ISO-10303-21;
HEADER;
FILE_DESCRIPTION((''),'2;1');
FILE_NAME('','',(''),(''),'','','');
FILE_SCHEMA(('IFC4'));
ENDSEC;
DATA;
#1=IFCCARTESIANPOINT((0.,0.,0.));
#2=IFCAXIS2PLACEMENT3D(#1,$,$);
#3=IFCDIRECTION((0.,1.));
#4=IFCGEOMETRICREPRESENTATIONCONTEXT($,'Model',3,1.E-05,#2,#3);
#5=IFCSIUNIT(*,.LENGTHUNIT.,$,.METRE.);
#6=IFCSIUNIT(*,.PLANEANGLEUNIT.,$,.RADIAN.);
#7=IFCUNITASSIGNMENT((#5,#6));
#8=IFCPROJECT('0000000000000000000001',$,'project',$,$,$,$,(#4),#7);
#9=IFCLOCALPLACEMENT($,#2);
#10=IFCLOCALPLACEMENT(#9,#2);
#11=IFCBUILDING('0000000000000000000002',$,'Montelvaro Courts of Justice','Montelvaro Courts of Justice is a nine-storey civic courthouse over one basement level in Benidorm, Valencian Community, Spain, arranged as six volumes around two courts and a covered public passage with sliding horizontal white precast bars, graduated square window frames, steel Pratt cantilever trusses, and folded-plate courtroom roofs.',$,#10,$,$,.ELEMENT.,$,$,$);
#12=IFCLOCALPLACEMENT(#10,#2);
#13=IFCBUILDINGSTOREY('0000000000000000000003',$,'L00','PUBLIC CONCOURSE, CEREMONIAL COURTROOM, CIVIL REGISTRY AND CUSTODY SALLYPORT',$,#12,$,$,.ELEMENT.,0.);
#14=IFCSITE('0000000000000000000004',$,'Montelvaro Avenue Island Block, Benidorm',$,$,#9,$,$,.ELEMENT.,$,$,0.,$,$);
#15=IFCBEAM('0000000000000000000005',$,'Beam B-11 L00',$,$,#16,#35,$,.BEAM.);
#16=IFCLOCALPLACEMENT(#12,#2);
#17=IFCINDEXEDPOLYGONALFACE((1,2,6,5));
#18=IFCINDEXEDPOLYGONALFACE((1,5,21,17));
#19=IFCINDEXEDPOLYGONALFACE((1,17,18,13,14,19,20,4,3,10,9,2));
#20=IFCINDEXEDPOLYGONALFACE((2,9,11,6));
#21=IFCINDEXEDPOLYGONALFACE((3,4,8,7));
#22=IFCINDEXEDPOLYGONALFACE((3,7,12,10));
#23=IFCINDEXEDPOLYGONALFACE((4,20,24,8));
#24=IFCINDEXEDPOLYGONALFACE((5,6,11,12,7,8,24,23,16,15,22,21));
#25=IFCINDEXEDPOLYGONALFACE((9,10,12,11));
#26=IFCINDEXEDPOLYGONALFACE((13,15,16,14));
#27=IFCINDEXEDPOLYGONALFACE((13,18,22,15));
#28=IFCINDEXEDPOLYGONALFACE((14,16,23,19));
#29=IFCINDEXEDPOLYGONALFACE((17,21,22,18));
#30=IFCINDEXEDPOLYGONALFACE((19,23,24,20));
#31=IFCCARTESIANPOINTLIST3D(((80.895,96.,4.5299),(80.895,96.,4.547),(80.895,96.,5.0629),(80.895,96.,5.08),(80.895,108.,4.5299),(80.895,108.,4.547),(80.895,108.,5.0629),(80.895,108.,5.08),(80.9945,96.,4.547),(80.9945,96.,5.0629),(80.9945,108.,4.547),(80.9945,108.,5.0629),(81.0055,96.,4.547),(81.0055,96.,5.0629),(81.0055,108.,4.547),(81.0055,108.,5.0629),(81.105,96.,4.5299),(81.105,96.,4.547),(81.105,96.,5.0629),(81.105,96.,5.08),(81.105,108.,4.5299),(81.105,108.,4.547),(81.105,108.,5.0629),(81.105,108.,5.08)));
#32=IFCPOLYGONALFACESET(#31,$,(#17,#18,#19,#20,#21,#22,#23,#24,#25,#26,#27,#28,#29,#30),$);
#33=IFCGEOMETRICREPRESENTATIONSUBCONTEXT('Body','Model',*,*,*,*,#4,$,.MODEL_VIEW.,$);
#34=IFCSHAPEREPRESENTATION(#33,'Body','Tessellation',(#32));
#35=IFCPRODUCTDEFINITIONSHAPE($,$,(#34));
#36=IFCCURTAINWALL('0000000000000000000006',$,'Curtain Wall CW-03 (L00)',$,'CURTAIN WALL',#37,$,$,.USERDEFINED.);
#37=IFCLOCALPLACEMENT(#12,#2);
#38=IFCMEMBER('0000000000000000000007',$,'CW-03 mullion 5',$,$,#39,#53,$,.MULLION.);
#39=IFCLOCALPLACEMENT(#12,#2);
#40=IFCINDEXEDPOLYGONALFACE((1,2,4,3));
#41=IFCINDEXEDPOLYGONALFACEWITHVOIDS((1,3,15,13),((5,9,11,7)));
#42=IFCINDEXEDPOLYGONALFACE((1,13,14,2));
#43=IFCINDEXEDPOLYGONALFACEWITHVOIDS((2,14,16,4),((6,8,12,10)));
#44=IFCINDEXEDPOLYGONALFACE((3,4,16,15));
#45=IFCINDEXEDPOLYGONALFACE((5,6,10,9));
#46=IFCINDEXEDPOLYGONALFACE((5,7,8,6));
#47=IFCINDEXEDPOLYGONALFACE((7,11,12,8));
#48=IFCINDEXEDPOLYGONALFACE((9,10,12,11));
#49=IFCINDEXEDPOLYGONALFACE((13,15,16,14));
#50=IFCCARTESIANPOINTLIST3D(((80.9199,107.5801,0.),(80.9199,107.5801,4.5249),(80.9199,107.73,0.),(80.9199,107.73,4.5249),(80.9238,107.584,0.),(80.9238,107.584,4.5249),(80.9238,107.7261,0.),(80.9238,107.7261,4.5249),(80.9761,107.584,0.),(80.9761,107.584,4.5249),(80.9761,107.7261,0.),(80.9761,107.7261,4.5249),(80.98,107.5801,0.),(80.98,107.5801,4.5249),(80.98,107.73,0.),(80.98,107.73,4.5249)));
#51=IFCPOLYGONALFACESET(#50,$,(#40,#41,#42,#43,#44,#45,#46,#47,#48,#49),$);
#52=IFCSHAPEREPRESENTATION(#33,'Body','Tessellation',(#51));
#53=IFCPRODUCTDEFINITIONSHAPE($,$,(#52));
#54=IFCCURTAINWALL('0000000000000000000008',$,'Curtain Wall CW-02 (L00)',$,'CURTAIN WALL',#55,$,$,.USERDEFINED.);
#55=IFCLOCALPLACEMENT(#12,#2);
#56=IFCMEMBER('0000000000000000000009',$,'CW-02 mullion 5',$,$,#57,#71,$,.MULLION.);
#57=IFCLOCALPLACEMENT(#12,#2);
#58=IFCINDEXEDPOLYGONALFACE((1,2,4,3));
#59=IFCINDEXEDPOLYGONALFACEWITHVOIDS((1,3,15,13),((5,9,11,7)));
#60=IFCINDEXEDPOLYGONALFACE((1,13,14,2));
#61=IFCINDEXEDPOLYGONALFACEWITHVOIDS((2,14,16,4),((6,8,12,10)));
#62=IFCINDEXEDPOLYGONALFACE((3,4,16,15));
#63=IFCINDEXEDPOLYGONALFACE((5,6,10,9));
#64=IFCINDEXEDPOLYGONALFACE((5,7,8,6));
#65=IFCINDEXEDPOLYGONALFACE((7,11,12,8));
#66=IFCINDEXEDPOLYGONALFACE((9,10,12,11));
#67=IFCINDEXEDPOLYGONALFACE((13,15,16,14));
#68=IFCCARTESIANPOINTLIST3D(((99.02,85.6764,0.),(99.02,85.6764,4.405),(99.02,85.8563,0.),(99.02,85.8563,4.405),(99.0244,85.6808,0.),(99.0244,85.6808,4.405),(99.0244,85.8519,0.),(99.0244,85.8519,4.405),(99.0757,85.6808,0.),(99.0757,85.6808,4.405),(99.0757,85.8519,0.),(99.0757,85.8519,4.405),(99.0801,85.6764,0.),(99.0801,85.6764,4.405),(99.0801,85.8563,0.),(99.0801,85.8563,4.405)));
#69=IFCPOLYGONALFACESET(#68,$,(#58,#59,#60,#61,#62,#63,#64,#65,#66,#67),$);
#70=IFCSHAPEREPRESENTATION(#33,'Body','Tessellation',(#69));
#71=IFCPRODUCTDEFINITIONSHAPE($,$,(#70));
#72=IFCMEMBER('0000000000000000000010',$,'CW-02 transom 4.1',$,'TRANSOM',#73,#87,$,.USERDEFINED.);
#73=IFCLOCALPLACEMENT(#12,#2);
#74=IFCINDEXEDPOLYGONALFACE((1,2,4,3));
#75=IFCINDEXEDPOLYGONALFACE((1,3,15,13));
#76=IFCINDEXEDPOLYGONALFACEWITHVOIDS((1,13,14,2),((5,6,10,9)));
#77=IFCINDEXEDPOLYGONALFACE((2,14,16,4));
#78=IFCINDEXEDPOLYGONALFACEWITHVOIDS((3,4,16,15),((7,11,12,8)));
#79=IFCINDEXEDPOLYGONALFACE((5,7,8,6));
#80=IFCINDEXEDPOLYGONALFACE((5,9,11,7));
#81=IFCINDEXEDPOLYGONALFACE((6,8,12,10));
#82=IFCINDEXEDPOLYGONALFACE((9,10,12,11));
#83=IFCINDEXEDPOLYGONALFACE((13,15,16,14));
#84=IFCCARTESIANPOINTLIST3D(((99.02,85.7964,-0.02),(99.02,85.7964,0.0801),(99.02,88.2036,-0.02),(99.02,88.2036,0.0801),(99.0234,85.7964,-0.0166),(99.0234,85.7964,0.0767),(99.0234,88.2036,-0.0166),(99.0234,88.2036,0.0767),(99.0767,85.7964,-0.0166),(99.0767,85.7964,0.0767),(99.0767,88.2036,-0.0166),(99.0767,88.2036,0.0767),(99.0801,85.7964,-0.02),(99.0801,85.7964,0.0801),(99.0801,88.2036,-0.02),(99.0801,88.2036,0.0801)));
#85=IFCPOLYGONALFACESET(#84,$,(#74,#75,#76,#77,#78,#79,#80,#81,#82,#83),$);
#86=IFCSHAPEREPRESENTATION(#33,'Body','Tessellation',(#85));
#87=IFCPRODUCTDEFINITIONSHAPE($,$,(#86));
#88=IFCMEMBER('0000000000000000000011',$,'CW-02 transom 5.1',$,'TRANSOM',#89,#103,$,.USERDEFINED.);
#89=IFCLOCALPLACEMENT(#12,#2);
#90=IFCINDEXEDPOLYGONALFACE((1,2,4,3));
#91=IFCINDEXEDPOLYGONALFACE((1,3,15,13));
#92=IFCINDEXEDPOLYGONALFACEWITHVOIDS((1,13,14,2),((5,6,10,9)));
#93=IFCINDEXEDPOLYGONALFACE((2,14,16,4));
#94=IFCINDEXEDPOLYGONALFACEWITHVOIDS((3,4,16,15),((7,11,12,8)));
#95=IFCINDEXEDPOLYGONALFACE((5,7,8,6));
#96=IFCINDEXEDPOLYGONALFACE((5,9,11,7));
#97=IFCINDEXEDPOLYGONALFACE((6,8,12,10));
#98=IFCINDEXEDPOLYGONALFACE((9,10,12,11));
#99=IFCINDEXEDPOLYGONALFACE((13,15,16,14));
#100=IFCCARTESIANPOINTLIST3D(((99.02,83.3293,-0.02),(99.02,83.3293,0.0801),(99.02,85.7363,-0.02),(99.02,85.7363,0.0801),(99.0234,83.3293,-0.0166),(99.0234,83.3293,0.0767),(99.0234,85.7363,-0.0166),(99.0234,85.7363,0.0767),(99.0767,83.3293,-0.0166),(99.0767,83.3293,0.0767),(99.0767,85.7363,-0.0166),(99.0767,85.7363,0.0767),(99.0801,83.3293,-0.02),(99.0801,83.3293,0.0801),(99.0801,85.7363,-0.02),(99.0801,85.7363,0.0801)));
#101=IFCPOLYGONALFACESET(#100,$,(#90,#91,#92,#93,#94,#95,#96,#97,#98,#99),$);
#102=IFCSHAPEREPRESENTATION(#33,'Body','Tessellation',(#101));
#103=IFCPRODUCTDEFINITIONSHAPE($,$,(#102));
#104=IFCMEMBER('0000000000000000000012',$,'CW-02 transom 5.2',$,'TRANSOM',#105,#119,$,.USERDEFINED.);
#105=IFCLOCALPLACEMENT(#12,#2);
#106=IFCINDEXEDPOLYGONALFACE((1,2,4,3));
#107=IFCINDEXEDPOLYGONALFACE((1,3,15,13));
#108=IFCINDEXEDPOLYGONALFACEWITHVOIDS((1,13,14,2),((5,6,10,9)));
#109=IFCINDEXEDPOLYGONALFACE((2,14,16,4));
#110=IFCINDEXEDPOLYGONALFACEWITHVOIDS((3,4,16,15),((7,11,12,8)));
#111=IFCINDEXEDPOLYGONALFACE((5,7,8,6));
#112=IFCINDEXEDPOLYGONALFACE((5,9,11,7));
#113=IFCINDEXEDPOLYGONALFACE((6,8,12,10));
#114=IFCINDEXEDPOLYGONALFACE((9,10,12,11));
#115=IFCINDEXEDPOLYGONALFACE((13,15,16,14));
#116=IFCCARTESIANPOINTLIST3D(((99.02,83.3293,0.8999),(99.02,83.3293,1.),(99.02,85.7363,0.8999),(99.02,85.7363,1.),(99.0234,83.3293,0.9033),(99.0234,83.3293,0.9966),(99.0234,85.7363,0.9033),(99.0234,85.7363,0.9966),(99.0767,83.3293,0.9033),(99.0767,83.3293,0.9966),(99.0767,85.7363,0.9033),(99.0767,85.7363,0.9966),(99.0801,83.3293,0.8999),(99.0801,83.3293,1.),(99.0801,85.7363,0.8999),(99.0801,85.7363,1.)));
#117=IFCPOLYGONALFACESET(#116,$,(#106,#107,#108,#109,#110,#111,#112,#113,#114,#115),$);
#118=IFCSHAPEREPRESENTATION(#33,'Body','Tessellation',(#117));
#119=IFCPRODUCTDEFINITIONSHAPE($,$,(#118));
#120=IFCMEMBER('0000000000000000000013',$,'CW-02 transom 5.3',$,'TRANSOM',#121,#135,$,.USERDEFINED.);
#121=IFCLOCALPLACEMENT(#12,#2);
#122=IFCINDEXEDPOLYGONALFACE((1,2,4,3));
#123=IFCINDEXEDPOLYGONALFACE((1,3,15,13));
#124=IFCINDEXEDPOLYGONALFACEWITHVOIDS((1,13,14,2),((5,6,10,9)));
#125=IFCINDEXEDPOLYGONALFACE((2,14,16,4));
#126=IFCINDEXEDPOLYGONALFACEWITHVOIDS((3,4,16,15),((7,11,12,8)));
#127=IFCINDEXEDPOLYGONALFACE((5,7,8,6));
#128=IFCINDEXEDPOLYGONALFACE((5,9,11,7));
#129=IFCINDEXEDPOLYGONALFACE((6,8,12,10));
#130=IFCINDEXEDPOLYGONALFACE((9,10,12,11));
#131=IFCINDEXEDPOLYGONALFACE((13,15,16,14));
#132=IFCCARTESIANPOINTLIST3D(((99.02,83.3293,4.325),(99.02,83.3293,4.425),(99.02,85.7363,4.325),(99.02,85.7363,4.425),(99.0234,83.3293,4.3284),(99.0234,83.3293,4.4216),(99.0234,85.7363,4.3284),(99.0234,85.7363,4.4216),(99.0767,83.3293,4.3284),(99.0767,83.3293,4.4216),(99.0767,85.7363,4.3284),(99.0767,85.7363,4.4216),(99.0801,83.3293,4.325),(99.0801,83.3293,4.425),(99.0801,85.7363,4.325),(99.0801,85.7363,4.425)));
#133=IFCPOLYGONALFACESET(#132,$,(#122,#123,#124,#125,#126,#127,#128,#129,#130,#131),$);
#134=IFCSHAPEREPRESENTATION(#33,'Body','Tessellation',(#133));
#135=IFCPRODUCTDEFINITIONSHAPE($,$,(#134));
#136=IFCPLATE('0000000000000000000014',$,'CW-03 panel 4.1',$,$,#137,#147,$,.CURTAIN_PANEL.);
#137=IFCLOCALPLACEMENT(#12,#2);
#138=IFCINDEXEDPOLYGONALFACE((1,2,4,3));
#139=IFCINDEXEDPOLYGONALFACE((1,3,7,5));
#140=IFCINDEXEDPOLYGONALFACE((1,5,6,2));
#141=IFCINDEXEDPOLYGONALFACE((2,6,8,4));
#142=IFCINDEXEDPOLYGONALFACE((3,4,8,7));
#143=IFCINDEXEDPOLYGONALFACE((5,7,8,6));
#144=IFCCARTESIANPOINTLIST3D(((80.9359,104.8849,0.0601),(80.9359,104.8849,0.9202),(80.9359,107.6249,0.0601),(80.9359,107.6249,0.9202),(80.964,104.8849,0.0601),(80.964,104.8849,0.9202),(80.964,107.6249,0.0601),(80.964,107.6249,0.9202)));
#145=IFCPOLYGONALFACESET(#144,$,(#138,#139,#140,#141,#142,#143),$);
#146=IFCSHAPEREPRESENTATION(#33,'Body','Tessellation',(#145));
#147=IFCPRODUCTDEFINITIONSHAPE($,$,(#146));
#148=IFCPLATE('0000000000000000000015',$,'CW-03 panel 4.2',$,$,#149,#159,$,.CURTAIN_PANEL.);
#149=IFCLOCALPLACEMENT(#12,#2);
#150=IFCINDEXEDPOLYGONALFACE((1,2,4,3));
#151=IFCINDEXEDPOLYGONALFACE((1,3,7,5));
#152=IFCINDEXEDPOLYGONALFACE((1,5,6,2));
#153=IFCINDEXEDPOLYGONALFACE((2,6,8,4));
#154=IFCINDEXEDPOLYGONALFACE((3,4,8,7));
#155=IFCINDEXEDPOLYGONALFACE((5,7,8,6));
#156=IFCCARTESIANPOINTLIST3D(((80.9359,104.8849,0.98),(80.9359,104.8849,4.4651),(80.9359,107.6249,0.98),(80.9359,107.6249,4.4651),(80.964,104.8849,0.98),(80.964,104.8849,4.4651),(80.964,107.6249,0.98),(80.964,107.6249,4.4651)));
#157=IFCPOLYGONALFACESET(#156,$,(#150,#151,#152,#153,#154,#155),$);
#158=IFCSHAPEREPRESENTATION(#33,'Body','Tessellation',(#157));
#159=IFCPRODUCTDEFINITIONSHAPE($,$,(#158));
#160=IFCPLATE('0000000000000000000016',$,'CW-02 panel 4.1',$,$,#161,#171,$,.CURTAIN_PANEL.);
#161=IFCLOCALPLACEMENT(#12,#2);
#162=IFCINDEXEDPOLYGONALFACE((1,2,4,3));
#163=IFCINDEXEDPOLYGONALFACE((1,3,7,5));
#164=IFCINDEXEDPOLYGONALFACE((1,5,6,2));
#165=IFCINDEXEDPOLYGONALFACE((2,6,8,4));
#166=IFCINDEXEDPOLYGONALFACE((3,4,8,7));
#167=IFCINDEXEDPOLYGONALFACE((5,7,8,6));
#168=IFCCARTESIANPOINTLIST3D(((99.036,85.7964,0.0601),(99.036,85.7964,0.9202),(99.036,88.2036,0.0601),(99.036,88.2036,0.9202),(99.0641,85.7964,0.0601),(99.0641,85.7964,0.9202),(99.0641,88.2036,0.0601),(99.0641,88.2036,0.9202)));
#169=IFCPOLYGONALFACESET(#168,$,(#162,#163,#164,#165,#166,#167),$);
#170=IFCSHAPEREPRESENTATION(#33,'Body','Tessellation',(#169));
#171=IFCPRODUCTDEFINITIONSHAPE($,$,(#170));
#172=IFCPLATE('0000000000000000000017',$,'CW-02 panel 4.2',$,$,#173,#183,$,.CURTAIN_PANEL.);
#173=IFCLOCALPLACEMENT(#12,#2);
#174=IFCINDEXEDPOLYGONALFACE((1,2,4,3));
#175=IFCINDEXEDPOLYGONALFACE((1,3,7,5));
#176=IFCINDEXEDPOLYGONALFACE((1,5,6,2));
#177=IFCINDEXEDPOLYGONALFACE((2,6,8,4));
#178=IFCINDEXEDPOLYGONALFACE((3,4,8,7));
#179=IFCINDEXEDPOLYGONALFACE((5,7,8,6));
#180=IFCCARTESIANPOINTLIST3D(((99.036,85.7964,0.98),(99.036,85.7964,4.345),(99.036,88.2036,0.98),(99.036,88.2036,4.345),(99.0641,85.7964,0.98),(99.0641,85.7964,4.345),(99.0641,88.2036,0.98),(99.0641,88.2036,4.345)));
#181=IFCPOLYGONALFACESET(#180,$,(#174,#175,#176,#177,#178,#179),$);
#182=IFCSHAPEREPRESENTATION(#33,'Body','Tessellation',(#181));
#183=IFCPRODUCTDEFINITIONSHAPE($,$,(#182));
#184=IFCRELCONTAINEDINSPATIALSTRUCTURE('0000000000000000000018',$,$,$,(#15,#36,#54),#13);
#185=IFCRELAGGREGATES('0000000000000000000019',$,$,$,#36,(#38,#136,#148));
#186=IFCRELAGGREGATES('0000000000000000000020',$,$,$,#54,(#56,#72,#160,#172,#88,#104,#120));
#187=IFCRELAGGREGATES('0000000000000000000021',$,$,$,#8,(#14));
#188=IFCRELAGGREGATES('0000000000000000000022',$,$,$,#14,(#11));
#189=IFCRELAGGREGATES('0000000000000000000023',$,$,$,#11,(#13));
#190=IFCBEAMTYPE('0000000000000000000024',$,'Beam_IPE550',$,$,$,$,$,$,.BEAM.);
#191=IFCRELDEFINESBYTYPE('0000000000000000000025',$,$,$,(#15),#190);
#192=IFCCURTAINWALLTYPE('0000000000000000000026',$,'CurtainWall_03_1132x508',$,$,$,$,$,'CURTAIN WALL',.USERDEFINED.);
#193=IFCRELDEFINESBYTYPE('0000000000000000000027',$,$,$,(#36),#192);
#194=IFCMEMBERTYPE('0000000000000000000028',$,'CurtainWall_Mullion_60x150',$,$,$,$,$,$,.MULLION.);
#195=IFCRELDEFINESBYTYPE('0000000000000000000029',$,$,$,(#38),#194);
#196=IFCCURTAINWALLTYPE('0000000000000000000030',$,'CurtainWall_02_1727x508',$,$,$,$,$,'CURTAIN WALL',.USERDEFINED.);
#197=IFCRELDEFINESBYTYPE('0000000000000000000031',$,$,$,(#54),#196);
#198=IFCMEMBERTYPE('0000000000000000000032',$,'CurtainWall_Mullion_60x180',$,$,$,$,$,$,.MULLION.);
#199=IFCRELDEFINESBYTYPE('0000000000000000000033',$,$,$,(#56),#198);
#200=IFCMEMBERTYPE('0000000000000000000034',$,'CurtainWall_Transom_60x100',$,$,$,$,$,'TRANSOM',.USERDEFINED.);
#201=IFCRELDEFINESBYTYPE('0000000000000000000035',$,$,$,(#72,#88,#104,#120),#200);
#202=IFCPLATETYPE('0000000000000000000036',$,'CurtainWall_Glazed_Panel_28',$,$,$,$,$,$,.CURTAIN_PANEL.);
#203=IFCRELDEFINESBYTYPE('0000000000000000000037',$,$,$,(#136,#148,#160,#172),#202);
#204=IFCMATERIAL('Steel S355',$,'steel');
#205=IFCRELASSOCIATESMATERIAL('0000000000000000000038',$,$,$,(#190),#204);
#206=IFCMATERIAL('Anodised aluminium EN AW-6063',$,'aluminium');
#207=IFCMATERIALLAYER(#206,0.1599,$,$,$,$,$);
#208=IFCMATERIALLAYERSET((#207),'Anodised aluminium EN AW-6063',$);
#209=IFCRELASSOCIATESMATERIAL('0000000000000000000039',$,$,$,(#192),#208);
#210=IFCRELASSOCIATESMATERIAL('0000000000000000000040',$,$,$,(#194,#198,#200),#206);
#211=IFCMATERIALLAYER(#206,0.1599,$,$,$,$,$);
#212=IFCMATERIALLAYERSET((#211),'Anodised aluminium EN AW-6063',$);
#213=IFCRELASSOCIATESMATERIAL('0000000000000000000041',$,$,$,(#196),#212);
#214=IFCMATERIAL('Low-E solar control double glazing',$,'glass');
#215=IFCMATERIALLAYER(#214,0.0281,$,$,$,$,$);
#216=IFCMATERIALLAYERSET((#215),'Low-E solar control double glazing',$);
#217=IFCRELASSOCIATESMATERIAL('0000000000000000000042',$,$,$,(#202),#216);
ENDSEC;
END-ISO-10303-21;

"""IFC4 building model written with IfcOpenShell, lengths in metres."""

from ifc_helpers import new_model, si_unit, direction, frame, origin, origin_2d, place, context, subcontext, project, spatial, rectangle, hollow_rectangle, i_section, extrude, material, layer, layer_set, material_profile, profile_set, type_object, element, aggregate, save


model = new_model("IFC4")

# Units and contexts
model_context = context("Model", 3, precision=1e-05, world=origin(), true_north=direction((0.0, 1.0)))
body_context = subcontext(model_context, "Body", "Model", "MODEL_VIEW")
ifc_project = project(units=[si_unit("LENGTHUNIT", "METRE"), si_unit("PLANEANGLEUNIT", "RADIAN")], contexts=[model_context])

# Site, building, storey
site_placement = place(None, origin())
site = spatial("IfcSite", under=ifc_project, at=site_placement, Name="Montelvaro Avenue Island Block, Benidorm", CompositionType="ELEMENT", RefElevation=0.0)
building_placement = place(site_placement, origin())
building = spatial("IfcBuilding", under=site, at=building_placement, Name="Montelvaro Courts of Justice", Description="Montelvaro Courts of Justice is a nine-storey civic courthouse over one basement level in Benidorm, Valencian Community, Spain, arranged as six volumes around two courts and a covered public passage with sliding horizontal white precast bars, graduated square window frames, steel Pratt cantilever trusses, and folded-plate courtroom roofs.", CompositionType="ELEMENT")
storey_placement = place(building_placement, origin())
storey = spatial("IfcBuildingStorey", under=building, at=storey_placement, Name="L00", Description="PUBLIC CONCOURSE, CEREMONIAL COURTROOM, CIVIL REGISTRY AND CUSTODY SALLYPORT", CompositionType="ELEMENT", Elevation=0.0)

# Shared definitions
ifc_material_1 = material(Name="Steel S355", Category="steel")

# Beam
ifc_material_profile_1 = material_profile(ifc_material_1, i_section(OverallWidth=0.21, OverallDepth=0.55, WebThickness=0.011, FlangeThickness=0.0171, at=origin_2d()), Name="IPE 550")
ifc_profile_set_1 = profile_set([ifc_material_profile_1], Name="Steel S355")
beam_type_1 = type_object("IfcBeamType", Name="Beam_IPE550", PredefinedType="BEAM", material=ifc_profile_set_1)
beam_1_placement = place(storey_placement, frame((81.0, 96.0, 4.8049), z_axis=(0.0, 1.0, 0.0), x_axis=(-1.0, 0.0, 0.0)))
element("IfcBeam", 1, at=beam_1_placement, inside=storey, type_object=beam_type_1, Name="Beam B-11 L00", PredefinedType="BEAM", context=body_context, shape_type="SweptSolid", body=[
    extrude(i_section(OverallWidth=0.21, OverallDepth=0.55, WebThickness=0.011, FlangeThickness=0.0171, at=origin_2d()), origin(), (0.0, 0.0, 1.0), 12.0),
])

# Curtain wall, member
ifc_material_2 = material(Name="Anodised aluminium EN AW-6063", Category="aluminium")
ifc_layer_1 = layer(ifc_material_2, 0.1599)
ifc_layer_set_1 = layer_set([ifc_layer_1], Name="Anodised aluminium EN AW-6063")
curtain_wall_type_1 = type_object("IfcCurtainWallType", Name="CurtainWall_03_1132x508", ElementType="CURTAIN WALL", PredefinedType="USERDEFINED", material=ifc_layer_set_1)
curtain_wall_1_placement = place(storey_placement, origin())
curtain_wall_1 = element("IfcCurtainWall", 2, at=curtain_wall_1_placement, inside=storey, type_object=curtain_wall_type_1, Name="Curtain Wall CW-03 (L00)", ObjectType="CURTAIN WALL", PredefinedType="USERDEFINED")
ifc_material_profile_2 = material_profile(ifc_material_2, hollow_rectangle(XDim=0.0601, YDim=0.1499, WallThickness=0.0039, at=origin_2d()), Name="ALU-M 60x150")
ifc_profile_set_2 = profile_set([ifc_material_profile_2], Name="Anodised aluminium EN AW-6063")
member_type_1 = type_object("IfcMemberType", Name="CurtainWall_Mullion_60x150", PredefinedType="MULLION", material=ifc_profile_set_2)
member_1_placement = place(storey_placement, frame((80.95, 107.655, 0.0), z_axis=(0.0, 0.0, 1.0), x_axis=(-1.0, 0.0, 0.0)))
member_1 = element("IfcMember", 3, at=member_1_placement, type_object=member_type_1, Name="CW-03 mullion 5", PredefinedType="MULLION", context=body_context, shape_type="SweptSolid", body=[
    extrude(hollow_rectangle(XDim=0.0601, YDim=0.1499, WallThickness=0.0039, at=origin_2d()), origin(), (0.0, 0.0, 1.0), 4.5249),
])

# Curtain wall, members
ifc_layer_2 = layer(ifc_material_2, 0.1599)
ifc_layer_set_2 = layer_set([ifc_layer_2], Name="Anodised aluminium EN AW-6063")
curtain_wall_type_2 = type_object("IfcCurtainWallType", Name="CurtainWall_02_1727x508", ElementType="CURTAIN WALL", PredefinedType="USERDEFINED", material=ifc_layer_set_2)
curtain_wall_2_placement = place(storey_placement, origin())
curtain_wall_2 = element("IfcCurtainWall", 4, at=curtain_wall_2_placement, inside=storey, type_object=curtain_wall_type_2, Name="Curtain Wall CW-02 (L00)", ObjectType="CURTAIN WALL", PredefinedType="USERDEFINED")
ifc_material_profile_3 = material_profile(ifc_material_2, hollow_rectangle(XDim=0.0601, YDim=0.1799, WallThickness=0.0044, at=origin_2d()), Name="ALU-M 60x180")
ifc_profile_set_3 = profile_set([ifc_material_profile_3], Name="Anodised aluminium EN AW-6063")
member_type_2 = type_object("IfcMemberType", Name="CurtainWall_Mullion_60x180", PredefinedType="MULLION", material=ifc_profile_set_3)
member_2_placement = place(storey_placement, frame((99.05, 85.7664, 0.0), z_axis=(0.0, 0.0, 1.0), x_axis=(1.0, 0.0, 0.0)))
member_2 = element("IfcMember", 5, at=member_2_placement, type_object=member_type_2, Name="CW-02 mullion 5", PredefinedType="MULLION", context=body_context, shape_type="SweptSolid", body=[
    extrude(hollow_rectangle(XDim=0.0601, YDim=0.1799, WallThickness=0.0044, at=origin_2d()), origin(), (0.0, 0.0, 1.0), 4.405),
])
ifc_material_profile_4 = material_profile(ifc_material_2, hollow_rectangle(XDim=0.0601, YDim=0.1001, WallThickness=0.0034, at=origin_2d()), Name="ALU-T 60x100")
ifc_profile_set_4 = profile_set([ifc_material_profile_4], Name="Anodised aluminium EN AW-6063")
member_type_3 = type_object("IfcMemberType", Name="CurtainWall_Transom_60x100", ElementType="TRANSOM", PredefinedType="USERDEFINED", material=ifc_profile_set_4)
member_3_placement = place(storey_placement, frame((99.05, 88.2036, 0.03), z_axis=(0.0, -1.0, 0.0), x_axis=(1.0, 0.0, 0.0)))
member_3 = element("IfcMember", 6, at=member_3_placement, type_object=member_type_3, Name="CW-02 transom 4.1", ObjectType="TRANSOM", PredefinedType="USERDEFINED", context=body_context, shape_type="SweptSolid", body=[
    extrude(hollow_rectangle(XDim=0.0601, YDim=0.1001, WallThickness=0.0034, at=origin_2d()), origin(), (0.0, 0.0, 1.0), 2.4072),
])
member_4_placement = place(storey_placement, frame((99.05, 85.7363, 0.03), z_axis=(0.0, -1.0, 0.0), x_axis=(1.0, 0.0, 0.0)))
member_4 = element("IfcMember", 7, at=member_4_placement, type_object=member_type_3, Name="CW-02 transom 5.1", ObjectType="TRANSOM", PredefinedType="USERDEFINED", context=body_context, shape_type="SweptSolid", body=[
    extrude(hollow_rectangle(XDim=0.0601, YDim=0.1001, WallThickness=0.0034, at=origin_2d()), origin(), (0.0, 0.0, 1.0), 2.407),
])
member_5_placement = place(storey_placement, frame((99.05, 85.7363, 0.95), z_axis=(0.0, -1.0, 0.0), x_axis=(1.0, 0.0, 0.0)))
member_5 = element("IfcMember", 8, at=member_5_placement, type_object=member_type_3, Name="CW-02 transom 5.2", ObjectType="TRANSOM", PredefinedType="USERDEFINED", context=body_context, shape_type="SweptSolid", body=[
    extrude(hollow_rectangle(XDim=0.0601, YDim=0.1001, WallThickness=0.0034, at=origin_2d()), origin(), (0.0, 0.0, 1.0), 2.407),
])
member_6_placement = place(storey_placement, frame((99.05, 85.7363, 4.375), z_axis=(0.0, -1.0, 0.0), x_axis=(1.0, 0.0, 0.0)))
member_6 = element("IfcMember", 9, at=member_6_placement, type_object=member_type_3, Name="CW-02 transom 5.3", ObjectType="TRANSOM", PredefinedType="USERDEFINED", context=body_context, shape_type="SweptSolid", body=[
    extrude(hollow_rectangle(XDim=0.0601, YDim=0.1001, WallThickness=0.0034, at=origin_2d()), origin(), (0.0, 0.0, 1.0), 2.407),
])

# Plates
ifc_material_3 = material(Name="Low-E solar control double glazing", Category="glass")
ifc_layer_3 = layer(ifc_material_3, 0.0281)
ifc_layer_set_3 = layer_set([ifc_layer_3], Name="Low-E solar control double glazing")
plate_type = type_object("IfcPlateType", Name="CurtainWall_Glazed_Panel_28", PredefinedType="CURTAIN_PANEL", material=ifc_layer_set_3)
plate_1_placement = place(storey_placement, frame((80.95, 106.2549, 0.0601), z_axis=(0.0, 0.0, 1.0), x_axis=(0.0, 1.0, 0.0)))
plate_1 = element("IfcPlate", 10, at=plate_1_placement, type_object=plate_type, Name="CW-03 panel 4.1", PredefinedType="CURTAIN_PANEL", context=body_context, shape_type="SweptSolid", body=[
    extrude(rectangle(XDim=2.74, YDim=0.0281, at=origin_2d()), origin(), (0.0, 0.0, 1.0), 0.8601),
])
plate_2_placement = place(storey_placement, frame((80.95, 106.2549, 0.98), z_axis=(0.0, 0.0, 1.0), x_axis=(0.0, 1.0, 0.0)))
plate_2 = element("IfcPlate", 11, at=plate_2_placement, type_object=plate_type, Name="CW-03 panel 4.2", PredefinedType="CURTAIN_PANEL", context=body_context, shape_type="SweptSolid", body=[
    extrude(rectangle(XDim=2.74, YDim=0.0281, at=origin_2d()), origin(), (0.0, 0.0, 1.0), 3.4851),
])
aggregate(curtain_wall_1, [member_1, plate_1, plate_2])
plate_3_placement = place(storey_placement, frame((99.05, 87.0, 0.0601), z_axis=(0.0, 0.0, 1.0), x_axis=(0.0, -1.0, 0.0)))
plate_3 = element("IfcPlate", 12, at=plate_3_placement, type_object=plate_type, Name="CW-02 panel 4.1", PredefinedType="CURTAIN_PANEL", context=body_context, shape_type="SweptSolid", body=[
    extrude(rectangle(XDim=2.4072, YDim=0.0281, at=origin_2d()), origin(), (0.0, 0.0, 1.0), 0.8601),
])
plate_4_placement = place(storey_placement, frame((99.05, 87.0, 0.98), z_axis=(0.0, 0.0, 1.0), x_axis=(0.0, -1.0, 0.0)))
plate_4 = element("IfcPlate", 13, at=plate_4_placement, type_object=plate_type, Name="CW-02 panel 4.2", PredefinedType="CURTAIN_PANEL", context=body_context, shape_type="SweptSolid", body=[
    extrude(rectangle(XDim=2.4072, YDim=0.0281, at=origin_2d()), origin(), (0.0, 0.0, 1.0), 3.365),
])
aggregate(curtain_wall_2, [member_2, member_3, plate_3, plate_4, member_4, member_5, member_6])

save(model, "model.ifc")
